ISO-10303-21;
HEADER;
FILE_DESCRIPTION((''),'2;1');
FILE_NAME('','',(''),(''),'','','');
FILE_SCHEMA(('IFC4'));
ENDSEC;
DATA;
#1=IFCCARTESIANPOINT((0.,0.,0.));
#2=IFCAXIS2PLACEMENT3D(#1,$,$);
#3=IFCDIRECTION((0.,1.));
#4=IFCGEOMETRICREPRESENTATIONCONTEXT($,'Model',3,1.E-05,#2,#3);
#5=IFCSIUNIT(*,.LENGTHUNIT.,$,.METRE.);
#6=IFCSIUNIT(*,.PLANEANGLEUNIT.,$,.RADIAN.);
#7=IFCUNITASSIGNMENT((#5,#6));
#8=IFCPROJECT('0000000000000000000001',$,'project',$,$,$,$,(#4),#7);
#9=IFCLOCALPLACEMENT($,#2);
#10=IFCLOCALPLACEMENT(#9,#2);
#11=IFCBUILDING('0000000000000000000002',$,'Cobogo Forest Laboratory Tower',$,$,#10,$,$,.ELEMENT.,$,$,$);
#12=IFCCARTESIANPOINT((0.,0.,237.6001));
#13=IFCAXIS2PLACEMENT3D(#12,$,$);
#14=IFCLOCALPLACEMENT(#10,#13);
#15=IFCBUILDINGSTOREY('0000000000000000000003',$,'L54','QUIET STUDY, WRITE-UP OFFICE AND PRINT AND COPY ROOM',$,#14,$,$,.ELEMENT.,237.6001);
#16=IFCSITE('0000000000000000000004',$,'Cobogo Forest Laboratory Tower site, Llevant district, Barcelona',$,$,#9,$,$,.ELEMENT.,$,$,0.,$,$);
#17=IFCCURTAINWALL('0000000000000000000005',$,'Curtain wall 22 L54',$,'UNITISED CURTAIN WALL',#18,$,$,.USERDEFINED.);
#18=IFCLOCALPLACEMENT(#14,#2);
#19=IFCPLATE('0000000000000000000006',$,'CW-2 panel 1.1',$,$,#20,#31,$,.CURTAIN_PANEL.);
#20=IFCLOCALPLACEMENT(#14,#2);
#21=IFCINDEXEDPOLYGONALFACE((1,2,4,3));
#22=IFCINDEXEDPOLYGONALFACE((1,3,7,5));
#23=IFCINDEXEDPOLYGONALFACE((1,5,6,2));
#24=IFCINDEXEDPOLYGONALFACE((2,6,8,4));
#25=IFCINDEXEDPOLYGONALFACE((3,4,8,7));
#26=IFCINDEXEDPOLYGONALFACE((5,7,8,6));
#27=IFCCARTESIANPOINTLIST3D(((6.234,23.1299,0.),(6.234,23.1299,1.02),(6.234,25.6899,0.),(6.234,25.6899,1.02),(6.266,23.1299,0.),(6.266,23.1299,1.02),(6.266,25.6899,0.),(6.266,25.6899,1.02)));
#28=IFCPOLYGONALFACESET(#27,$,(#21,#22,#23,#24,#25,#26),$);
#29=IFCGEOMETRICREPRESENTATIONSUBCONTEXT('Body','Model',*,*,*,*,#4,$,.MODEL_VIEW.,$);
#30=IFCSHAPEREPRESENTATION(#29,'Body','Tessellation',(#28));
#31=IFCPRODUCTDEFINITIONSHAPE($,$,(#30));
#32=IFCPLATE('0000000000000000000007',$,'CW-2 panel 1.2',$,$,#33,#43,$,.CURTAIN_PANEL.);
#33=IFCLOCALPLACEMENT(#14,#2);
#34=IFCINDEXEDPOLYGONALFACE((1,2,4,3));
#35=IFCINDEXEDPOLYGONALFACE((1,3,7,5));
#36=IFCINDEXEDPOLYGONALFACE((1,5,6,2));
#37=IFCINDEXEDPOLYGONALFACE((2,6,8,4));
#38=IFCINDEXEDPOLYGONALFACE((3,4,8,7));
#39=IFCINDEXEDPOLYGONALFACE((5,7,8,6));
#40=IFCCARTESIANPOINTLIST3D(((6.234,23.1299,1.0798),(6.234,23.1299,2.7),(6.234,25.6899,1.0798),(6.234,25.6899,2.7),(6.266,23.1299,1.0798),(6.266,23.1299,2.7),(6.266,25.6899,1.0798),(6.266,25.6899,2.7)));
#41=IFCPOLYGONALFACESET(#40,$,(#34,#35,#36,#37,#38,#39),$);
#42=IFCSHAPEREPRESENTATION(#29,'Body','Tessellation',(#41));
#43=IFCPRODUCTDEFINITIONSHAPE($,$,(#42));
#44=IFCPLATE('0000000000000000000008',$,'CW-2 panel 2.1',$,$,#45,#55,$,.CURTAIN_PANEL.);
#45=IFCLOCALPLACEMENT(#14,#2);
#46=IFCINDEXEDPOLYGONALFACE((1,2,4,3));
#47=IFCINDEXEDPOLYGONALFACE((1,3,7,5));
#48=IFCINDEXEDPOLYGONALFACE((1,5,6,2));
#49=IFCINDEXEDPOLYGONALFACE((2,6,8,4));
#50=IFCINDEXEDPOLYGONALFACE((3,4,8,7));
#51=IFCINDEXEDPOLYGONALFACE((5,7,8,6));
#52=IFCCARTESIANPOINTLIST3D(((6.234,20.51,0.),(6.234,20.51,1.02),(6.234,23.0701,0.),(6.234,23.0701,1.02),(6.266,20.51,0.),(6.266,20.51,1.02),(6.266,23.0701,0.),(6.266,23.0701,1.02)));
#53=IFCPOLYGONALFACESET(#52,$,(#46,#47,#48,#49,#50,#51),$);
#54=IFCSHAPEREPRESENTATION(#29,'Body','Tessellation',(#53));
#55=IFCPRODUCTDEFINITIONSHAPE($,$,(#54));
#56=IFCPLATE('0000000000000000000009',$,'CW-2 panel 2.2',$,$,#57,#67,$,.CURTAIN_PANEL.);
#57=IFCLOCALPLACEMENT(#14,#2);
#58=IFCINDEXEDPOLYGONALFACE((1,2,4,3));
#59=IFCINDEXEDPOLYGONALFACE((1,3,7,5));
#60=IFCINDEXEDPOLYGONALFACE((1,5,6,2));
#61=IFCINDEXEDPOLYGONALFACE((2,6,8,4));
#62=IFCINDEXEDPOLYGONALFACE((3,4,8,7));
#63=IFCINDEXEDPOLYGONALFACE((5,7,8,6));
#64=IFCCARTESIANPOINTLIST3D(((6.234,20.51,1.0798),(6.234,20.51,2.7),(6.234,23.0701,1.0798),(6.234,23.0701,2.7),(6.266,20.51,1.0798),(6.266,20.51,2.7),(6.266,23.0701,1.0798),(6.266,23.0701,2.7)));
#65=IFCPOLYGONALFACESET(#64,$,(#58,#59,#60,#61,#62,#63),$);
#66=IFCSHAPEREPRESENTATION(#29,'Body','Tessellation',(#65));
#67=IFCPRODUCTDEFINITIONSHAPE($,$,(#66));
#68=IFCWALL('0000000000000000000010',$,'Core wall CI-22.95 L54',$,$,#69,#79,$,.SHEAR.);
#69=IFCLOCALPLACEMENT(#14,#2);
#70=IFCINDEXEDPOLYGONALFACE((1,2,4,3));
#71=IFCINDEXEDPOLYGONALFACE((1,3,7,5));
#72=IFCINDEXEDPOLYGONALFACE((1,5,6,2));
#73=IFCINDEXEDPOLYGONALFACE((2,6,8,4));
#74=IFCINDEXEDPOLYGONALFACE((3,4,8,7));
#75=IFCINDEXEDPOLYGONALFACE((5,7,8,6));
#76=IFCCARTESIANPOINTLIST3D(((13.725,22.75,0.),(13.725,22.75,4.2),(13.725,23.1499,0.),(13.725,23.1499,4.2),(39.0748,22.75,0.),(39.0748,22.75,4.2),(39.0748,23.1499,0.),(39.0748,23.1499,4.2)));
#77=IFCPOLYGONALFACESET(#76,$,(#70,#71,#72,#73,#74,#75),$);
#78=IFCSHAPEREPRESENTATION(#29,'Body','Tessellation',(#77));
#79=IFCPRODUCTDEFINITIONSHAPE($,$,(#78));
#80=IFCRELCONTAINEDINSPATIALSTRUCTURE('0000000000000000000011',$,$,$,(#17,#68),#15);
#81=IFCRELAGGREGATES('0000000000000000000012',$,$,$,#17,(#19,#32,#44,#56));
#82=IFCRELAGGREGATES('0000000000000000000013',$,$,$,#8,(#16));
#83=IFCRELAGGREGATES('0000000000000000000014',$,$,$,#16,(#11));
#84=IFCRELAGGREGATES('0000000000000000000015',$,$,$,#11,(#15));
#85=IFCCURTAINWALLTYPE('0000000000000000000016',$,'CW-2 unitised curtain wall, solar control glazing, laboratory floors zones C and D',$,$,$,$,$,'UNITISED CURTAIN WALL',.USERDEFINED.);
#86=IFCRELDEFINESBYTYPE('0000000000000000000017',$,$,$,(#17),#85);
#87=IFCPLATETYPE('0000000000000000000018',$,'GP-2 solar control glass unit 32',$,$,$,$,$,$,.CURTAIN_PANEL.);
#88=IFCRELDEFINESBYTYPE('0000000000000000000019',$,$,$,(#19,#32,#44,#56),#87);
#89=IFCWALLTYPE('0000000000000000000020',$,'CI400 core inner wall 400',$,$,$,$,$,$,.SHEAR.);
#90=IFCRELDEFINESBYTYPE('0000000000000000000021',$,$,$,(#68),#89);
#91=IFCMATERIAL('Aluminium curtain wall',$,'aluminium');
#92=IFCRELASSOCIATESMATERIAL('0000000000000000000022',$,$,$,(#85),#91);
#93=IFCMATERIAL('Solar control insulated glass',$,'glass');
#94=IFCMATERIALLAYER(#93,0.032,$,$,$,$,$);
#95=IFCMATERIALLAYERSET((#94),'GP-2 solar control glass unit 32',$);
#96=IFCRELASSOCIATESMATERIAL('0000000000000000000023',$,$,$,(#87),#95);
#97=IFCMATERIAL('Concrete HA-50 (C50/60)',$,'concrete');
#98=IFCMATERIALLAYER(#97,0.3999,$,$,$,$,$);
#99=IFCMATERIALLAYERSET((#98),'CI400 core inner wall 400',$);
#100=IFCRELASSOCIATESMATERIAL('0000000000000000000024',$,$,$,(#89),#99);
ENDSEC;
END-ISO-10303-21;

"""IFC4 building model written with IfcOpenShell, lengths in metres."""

from ifc_helpers import new_model, si_unit, direction, frame, frame_2d, origin, origin_2d, place, context, subcontext, project, spatial, rectangle, extrude, material, layer, layer_set, type_object, element, aggregate, save


model = new_model("IFC4")

# Units and contexts
model_context = context("Model", 3, precision=1e-05, world=origin(), true_north=direction((0.0, 1.0)))
body_context = subcontext(model_context, "Body", "Model", "MODEL_VIEW")
ifc_project = project(units=[si_unit("LENGTHUNIT", "METRE"), si_unit("PLANEANGLEUNIT", "RADIAN")], contexts=[model_context])

# Site, building, storey
site_placement = place(None, origin())
site = spatial("IfcSite", under=ifc_project, at=site_placement, Name="Cobogo Forest Laboratory Tower site, Llevant district, Barcelona", CompositionType="ELEMENT", RefElevation=0.0)
building_placement = place(site_placement, origin())
building = spatial("IfcBuilding", under=site, at=building_placement, Name="Cobogo Forest Laboratory Tower", CompositionType="ELEMENT")
storey_placement = place(building_placement, frame((0.0, 0.0, 237.6001)))
storey = spatial("IfcBuildingStorey", under=building, at=storey_placement, Name="L54", Description="QUIET STUDY, WRITE-UP OFFICE AND PRINT AND COPY ROOM", CompositionType="ELEMENT", Elevation=237.6001)

# Shared definitions
ifc_material_1 = material(Name="Concrete HA-50 (C50/60)", Category="concrete")

# Curtain wall
ifc_material_2 = material(Name="Aluminium curtain wall", Category="aluminium")
curtain_wall_type = type_object("IfcCurtainWallType", Name="CW-2 unitised curtain wall, solar control glazing, laboratory floors zones C and D", ElementType="UNITISED CURTAIN WALL", PredefinedType="USERDEFINED", material=ifc_material_2)
curtain_wall_1_placement = place(storey_placement, origin())
curtain_wall_1 = element("IfcCurtainWall", 1, at=curtain_wall_1_placement, inside=storey, type_object=curtain_wall_type, Name="Curtain wall 22 L54", ObjectType="UNITISED CURTAIN WALL", PredefinedType="USERDEFINED")

# Plates
ifc_material_3 = material(Name="Solar control insulated glass", Category="glass")
ifc_layer_1 = layer(ifc_material_3, 0.032)
ifc_layer_set_1 = layer_set([ifc_layer_1], Name="GP-2 solar control glass unit 32")
plate_type_1 = type_object("IfcPlateType", Name="GP-2 solar control glass unit 32", PredefinedType="CURTAIN_PANEL", material=ifc_layer_set_1)
plate_1_placement = place(storey_placement, frame((6.25, 24.4099, 0.0), z_axis=(0.0, 0.0, 1.0), x_axis=(0.0, -1.0, 0.0)))
plate_1 = element("IfcPlate", 2, at=plate_1_placement, type_object=plate_type_1, Name="CW-2 panel 1.1", PredefinedType="CURTAIN_PANEL", context=body_context, shape_type="SweptSolid", body=[
    extrude(rectangle(XDim=2.5601, YDim=0.032, at=origin_2d()), origin(), (0.0, 0.0, 1.0), 1.02),
])
plate_2_placement = place(storey_placement, frame((6.25, 24.4099, 1.0798), z_axis=(0.0, 0.0, 1.0), x_axis=(0.0, -1.0, 0.0)))
plate_2 = element("IfcPlate", 3, at=plate_2_placement, type_object=plate_type_1, Name="CW-2 panel 1.2", PredefinedType="CURTAIN_PANEL", context=body_context, shape_type="SweptSolid", body=[
    extrude(rectangle(XDim=2.5601, YDim=0.032, at=origin_2d()), origin(), (0.0, 0.0, 1.0), 1.6201),
])
plate_3_placement = place(storey_placement, frame((6.25, 21.79, 0.0), z_axis=(0.0, 0.0, 1.0), x_axis=(0.0, -1.0, 0.0)))
plate_3 = element("IfcPlate", 4, at=plate_3_placement, type_object=plate_type_1, Name="CW-2 panel 2.1", PredefinedType="CURTAIN_PANEL", context=body_context, shape_type="SweptSolid", body=[
    extrude(rectangle(XDim=2.5601, YDim=0.032, at=origin_2d()), origin(), (0.0, 0.0, 1.0), 1.02),
])
plate_4_placement = place(storey_placement, frame((6.25, 21.79, 1.0798), z_axis=(0.0, 0.0, 1.0), x_axis=(0.0, -1.0, 0.0)))
plate_4 = element("IfcPlate", 5, at=plate_4_placement, type_object=plate_type_1, Name="CW-2 panel 2.2", PredefinedType="CURTAIN_PANEL", context=body_context, shape_type="SweptSolid", body=[
    extrude(rectangle(XDim=2.5601, YDim=0.032, at=origin_2d()), origin(), (0.0, 0.0, 1.0), 1.6201),
])
aggregate(curtain_wall_1, [plate_1, plate_2, plate_3, plate_4])

# Wall
ifc_layer_2 = layer(ifc_material_1, 0.3999)
ifc_layer_set_2 = layer_set([ifc_layer_2], Name="CI400 core inner wall 400")
wall_type_1 = type_object("IfcWallType", Name="CI400 core inner wall 400", PredefinedType="SHEAR", material=ifc_layer_set_2)
wall_1_placement = place(storey_placement, frame((13.7251, 22.95, 0.0), z_axis=(0.0, 0.0, 1.0), x_axis=(1.0, 0.0, 0.0)))
element("IfcWall", 6, at=wall_1_placement, inside=storey, type_object=wall_type_1, Name="Core wall CI-22.95 L54", PredefinedType="SHEAR", context=body_context, shape_type="SweptSolid", body=[
    extrude(rectangle(XDim=25.3499, YDim=0.3999, at=frame_2d((12.6748, 0.0))), origin(), (0.0, 0.0, 1.0), 4.2),
])

save(model, "model.ifc")
